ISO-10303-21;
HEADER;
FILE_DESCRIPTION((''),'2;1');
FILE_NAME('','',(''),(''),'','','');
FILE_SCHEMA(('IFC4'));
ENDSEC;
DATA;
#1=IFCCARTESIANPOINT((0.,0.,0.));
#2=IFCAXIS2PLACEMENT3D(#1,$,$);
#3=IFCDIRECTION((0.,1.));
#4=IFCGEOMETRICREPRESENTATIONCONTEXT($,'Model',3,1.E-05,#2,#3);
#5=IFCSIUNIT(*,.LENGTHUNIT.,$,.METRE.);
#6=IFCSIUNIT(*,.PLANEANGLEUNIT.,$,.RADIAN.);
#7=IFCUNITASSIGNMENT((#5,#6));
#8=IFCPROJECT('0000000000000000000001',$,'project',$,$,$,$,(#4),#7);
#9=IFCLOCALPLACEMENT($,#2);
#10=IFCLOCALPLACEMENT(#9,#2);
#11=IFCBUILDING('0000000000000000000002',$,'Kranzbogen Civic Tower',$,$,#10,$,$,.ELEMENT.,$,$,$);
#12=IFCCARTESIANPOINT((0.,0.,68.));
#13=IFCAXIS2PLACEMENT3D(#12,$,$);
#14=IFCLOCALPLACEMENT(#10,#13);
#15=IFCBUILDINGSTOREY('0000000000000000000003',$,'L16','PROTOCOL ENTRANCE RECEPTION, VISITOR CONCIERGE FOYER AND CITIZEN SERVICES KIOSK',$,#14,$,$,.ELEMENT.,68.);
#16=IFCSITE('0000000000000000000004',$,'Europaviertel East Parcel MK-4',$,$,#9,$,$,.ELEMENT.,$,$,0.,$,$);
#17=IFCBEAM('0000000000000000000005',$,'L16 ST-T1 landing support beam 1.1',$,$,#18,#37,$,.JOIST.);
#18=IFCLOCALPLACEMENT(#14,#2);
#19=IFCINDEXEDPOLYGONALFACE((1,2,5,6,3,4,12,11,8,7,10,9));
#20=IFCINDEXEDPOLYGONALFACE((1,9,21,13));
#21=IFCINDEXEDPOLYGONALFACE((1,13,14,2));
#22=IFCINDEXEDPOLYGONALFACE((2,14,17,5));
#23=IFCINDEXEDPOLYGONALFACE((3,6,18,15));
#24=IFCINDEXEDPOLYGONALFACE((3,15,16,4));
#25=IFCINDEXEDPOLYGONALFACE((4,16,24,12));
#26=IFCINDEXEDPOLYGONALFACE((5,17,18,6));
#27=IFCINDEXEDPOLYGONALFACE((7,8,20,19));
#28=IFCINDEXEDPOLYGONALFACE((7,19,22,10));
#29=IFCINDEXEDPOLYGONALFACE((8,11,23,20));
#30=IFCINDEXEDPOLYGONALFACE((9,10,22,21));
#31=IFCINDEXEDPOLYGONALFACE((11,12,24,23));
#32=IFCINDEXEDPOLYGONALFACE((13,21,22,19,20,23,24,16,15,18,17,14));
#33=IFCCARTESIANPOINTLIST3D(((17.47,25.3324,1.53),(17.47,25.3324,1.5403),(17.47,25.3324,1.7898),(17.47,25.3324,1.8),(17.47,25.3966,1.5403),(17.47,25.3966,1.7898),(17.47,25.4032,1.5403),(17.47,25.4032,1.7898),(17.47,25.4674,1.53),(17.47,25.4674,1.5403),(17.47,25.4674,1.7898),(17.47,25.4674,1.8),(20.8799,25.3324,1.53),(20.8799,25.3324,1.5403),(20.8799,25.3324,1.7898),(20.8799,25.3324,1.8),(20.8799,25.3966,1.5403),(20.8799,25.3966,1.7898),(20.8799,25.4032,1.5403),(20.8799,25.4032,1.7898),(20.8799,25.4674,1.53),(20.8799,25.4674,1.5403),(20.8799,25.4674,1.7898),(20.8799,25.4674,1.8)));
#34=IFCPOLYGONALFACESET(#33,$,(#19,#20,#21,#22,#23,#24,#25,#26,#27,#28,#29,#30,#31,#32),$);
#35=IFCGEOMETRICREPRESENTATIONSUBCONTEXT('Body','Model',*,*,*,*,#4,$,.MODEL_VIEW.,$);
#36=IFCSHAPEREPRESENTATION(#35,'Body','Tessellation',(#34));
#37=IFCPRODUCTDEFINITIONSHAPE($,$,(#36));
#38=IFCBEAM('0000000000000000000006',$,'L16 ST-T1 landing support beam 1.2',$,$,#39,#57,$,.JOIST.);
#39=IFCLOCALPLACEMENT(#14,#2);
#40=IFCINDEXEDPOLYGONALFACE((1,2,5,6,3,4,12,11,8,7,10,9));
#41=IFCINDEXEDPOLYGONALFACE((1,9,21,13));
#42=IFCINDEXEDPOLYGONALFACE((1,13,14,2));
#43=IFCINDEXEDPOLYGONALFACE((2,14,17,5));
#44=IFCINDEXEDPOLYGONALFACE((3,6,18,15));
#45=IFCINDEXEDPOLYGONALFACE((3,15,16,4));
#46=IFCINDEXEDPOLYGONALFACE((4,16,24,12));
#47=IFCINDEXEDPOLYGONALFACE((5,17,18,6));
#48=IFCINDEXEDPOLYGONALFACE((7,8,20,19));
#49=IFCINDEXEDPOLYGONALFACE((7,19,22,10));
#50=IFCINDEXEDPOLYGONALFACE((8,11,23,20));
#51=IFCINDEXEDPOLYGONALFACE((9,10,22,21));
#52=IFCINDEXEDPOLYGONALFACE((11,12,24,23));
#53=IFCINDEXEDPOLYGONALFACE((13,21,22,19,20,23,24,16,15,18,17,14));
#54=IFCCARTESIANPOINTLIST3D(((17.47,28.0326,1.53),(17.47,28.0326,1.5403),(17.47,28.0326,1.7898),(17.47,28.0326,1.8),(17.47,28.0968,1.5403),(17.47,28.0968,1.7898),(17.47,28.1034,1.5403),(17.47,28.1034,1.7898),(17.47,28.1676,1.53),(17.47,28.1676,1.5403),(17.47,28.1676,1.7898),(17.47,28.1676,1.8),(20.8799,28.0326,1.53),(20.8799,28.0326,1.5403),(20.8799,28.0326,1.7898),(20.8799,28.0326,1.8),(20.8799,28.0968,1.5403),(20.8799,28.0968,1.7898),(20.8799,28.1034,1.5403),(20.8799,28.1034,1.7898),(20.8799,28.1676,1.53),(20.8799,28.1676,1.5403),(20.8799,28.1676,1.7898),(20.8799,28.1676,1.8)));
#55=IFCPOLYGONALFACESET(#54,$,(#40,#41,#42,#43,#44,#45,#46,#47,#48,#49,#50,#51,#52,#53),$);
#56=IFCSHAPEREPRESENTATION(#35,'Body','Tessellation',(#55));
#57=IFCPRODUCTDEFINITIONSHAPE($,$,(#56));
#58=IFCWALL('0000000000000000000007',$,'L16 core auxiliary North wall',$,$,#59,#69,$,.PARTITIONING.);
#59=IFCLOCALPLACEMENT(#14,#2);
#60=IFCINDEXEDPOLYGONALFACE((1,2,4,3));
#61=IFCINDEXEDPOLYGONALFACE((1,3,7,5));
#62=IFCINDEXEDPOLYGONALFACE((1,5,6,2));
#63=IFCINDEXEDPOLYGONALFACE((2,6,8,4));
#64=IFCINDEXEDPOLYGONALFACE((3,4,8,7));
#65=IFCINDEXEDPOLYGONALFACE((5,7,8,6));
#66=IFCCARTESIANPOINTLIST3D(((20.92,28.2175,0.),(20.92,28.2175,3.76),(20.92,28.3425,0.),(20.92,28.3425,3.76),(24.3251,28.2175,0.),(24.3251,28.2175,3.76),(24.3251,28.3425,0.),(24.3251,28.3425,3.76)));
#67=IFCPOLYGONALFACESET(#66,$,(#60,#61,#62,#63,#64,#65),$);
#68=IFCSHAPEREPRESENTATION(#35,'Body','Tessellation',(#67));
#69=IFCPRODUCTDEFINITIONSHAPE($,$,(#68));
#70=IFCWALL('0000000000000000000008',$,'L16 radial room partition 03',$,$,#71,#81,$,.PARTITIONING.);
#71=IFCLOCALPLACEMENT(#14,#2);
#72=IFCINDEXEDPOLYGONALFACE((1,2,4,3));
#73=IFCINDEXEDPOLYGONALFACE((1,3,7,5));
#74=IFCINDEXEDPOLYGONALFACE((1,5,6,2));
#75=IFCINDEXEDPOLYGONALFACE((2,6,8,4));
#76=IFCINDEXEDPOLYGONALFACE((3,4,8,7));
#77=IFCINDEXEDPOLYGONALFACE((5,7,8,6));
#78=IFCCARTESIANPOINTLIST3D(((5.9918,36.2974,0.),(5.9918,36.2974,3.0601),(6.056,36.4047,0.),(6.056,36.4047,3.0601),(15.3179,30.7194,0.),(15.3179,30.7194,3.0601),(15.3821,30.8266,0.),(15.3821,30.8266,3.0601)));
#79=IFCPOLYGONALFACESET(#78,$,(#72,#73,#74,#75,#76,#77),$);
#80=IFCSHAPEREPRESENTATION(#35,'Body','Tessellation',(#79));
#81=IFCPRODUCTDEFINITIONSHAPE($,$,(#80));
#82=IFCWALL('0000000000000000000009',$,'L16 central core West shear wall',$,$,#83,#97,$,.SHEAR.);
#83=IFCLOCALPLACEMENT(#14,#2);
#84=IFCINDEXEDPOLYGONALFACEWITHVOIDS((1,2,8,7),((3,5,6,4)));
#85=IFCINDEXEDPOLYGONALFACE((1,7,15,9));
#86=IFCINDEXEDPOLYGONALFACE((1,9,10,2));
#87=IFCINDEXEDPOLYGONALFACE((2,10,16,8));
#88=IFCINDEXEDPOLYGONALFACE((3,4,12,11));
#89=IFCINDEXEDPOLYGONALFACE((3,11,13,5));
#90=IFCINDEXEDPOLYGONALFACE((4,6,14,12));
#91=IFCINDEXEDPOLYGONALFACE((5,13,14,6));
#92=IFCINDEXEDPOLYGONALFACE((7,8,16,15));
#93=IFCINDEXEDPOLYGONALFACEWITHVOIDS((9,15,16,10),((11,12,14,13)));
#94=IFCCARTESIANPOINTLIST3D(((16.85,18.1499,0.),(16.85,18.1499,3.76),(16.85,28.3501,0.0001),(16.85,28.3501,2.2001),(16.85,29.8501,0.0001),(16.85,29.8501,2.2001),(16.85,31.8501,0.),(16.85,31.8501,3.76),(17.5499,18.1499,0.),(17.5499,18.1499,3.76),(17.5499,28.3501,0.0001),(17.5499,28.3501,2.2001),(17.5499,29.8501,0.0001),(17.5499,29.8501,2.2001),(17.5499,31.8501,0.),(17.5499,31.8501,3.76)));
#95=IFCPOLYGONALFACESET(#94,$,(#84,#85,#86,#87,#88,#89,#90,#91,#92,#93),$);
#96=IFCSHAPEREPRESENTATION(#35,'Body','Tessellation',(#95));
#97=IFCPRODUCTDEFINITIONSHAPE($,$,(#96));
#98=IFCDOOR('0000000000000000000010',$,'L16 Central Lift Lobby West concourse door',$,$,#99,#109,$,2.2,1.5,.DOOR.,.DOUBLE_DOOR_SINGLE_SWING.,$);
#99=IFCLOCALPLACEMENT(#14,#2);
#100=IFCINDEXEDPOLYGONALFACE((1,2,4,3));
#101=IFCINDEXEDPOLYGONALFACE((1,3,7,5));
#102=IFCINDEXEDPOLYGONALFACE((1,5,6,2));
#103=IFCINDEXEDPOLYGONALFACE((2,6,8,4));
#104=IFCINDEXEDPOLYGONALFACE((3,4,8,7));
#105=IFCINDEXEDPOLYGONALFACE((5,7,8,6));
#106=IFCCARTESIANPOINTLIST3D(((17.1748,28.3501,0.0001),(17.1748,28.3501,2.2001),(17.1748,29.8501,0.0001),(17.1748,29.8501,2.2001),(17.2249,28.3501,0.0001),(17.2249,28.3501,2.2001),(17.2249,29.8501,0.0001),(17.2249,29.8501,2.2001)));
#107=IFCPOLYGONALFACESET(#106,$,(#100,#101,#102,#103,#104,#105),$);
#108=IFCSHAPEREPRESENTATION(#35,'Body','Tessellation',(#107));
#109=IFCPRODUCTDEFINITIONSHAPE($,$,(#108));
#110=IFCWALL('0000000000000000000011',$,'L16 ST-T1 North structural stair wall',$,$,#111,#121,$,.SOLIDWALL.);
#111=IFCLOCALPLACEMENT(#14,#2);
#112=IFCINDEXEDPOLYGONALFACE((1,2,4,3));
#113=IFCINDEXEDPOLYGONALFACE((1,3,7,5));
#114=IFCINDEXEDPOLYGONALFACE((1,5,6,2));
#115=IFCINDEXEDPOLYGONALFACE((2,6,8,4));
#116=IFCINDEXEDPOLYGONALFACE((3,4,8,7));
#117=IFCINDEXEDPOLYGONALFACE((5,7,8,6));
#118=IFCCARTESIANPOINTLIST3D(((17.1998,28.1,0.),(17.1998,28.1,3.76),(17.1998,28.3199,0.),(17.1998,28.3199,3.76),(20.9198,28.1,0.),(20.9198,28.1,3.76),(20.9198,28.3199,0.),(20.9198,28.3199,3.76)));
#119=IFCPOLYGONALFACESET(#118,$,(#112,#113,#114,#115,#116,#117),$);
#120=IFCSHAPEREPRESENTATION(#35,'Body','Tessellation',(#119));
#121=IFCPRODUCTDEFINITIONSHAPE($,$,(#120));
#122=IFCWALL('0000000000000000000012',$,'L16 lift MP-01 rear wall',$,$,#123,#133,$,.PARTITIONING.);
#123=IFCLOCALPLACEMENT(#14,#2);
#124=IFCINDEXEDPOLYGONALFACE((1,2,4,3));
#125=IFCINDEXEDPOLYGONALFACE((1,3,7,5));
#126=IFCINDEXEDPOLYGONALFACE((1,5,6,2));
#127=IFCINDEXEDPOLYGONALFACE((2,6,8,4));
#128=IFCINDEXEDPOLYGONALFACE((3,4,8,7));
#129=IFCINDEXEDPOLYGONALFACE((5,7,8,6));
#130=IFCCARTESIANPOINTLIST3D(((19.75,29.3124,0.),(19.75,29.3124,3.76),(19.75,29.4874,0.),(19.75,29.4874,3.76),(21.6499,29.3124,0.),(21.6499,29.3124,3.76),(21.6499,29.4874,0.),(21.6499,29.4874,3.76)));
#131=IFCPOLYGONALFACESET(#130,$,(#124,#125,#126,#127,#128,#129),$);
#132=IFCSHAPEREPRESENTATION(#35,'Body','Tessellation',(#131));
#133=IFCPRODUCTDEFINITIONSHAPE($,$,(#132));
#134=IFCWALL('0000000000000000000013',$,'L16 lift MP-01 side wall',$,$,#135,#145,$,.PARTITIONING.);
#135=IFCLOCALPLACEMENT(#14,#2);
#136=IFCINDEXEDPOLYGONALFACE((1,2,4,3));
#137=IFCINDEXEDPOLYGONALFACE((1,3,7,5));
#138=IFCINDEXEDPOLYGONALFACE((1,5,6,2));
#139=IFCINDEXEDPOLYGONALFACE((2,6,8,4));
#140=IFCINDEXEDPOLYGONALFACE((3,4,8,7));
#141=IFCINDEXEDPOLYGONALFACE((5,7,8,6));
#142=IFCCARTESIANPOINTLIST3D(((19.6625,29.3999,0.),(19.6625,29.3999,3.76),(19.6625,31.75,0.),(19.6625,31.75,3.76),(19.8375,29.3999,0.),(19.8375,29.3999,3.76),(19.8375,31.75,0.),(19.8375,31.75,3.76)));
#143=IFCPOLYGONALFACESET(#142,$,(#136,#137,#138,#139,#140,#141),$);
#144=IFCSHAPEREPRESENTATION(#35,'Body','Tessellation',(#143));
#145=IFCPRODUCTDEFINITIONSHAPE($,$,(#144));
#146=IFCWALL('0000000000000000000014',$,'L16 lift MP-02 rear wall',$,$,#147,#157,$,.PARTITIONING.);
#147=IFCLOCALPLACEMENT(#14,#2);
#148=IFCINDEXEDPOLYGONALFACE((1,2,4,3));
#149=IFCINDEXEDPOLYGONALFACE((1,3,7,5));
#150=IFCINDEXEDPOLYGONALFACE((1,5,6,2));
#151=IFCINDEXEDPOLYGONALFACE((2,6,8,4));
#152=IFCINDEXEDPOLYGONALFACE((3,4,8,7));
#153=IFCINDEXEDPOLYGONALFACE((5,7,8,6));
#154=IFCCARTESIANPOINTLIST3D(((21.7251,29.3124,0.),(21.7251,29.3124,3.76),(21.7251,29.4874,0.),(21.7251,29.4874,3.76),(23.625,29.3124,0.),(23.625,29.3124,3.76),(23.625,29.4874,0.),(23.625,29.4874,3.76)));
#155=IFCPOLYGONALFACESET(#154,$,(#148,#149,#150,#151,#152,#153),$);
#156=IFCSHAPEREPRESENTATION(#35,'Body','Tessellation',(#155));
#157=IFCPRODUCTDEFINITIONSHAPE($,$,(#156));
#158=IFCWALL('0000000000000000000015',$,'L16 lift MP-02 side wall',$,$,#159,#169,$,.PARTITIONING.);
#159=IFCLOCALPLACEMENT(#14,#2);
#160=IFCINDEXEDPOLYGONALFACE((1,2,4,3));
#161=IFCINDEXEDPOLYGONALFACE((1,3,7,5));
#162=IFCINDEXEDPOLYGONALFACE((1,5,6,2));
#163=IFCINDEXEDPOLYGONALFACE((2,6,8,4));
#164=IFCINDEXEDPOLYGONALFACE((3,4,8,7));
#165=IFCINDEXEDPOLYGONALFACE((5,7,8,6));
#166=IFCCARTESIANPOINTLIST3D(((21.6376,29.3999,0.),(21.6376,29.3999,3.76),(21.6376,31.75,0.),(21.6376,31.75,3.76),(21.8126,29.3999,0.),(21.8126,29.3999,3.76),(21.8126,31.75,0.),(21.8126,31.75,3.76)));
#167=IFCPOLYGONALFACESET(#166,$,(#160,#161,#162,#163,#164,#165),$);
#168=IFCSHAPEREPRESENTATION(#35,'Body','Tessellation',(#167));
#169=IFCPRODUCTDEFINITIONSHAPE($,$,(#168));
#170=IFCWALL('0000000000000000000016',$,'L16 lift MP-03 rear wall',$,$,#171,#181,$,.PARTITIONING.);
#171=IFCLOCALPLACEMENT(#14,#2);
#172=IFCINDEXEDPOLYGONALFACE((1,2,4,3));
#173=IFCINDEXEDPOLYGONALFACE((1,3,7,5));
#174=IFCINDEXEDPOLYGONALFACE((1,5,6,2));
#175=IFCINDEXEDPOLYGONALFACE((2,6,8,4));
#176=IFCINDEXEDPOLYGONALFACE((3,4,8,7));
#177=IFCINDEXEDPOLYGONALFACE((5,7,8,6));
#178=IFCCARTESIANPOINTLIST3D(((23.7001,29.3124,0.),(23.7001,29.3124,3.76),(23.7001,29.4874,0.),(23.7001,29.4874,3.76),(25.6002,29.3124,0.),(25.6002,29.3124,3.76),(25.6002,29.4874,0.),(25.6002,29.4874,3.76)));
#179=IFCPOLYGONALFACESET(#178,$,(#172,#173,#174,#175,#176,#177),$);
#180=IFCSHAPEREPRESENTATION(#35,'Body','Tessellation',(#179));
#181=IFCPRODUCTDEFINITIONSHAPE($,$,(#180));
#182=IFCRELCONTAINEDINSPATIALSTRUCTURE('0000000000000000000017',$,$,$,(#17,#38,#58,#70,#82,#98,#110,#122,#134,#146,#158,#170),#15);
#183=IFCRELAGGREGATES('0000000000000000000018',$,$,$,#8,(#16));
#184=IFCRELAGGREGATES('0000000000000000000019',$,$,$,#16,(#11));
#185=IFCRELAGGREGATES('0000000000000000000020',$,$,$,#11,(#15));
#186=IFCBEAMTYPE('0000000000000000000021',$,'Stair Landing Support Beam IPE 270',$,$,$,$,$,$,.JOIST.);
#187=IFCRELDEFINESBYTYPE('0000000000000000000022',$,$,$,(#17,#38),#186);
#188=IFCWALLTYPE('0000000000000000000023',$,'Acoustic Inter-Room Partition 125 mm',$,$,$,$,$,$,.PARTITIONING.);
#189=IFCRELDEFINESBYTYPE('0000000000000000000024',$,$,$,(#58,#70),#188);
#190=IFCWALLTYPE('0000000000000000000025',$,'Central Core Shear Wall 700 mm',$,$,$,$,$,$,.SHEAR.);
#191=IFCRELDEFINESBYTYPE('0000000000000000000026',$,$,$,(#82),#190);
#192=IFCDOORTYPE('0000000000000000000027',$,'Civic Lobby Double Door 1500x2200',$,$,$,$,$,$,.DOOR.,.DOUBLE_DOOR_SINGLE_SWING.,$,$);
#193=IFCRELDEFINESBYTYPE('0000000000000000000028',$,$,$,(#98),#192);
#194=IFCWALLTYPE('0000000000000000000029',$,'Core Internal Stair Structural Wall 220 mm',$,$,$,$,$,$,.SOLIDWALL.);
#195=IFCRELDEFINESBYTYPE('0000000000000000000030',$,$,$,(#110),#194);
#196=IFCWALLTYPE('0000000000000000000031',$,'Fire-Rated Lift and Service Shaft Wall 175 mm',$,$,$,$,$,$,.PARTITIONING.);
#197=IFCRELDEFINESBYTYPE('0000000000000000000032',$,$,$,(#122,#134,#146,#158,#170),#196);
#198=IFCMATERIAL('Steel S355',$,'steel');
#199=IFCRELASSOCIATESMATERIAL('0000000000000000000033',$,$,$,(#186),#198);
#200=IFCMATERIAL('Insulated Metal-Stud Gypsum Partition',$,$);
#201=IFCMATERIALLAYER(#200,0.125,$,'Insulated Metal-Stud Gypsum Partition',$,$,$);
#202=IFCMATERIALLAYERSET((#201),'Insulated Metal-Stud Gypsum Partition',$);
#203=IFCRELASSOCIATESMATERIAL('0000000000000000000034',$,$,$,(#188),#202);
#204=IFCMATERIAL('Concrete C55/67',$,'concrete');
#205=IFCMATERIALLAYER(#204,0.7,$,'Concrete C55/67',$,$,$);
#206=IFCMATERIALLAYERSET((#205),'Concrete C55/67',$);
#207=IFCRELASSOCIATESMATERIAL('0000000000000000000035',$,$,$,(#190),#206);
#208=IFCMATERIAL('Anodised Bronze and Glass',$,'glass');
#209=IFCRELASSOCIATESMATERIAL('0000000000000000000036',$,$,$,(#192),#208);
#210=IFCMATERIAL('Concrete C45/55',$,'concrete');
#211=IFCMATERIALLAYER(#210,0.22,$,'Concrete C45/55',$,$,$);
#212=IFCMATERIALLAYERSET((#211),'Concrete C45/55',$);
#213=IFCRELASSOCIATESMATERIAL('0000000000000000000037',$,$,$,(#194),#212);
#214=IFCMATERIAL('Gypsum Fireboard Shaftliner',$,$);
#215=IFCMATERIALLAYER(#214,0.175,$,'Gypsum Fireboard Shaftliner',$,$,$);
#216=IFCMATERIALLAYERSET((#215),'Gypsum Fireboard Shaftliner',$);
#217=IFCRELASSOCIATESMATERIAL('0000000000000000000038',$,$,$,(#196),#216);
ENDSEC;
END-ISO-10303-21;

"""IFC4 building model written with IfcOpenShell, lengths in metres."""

from ifc_helpers import new_model, si_unit, direction, frame, frame_2d, origin, origin_2d, place, context, subcontext, project, spatial, rectangle, i_section, extrude, material, layer, layer_set, material_profile, profile_set, type_object, element, fill, save


model = new_model("IFC4")

# Units and contexts
model_context = context("Model", 3, precision=1e-05, world=origin(), true_north=direction((0.0, 1.0)))
body_context = subcontext(model_context, "Body", "Model", "MODEL_VIEW")
ifc_project = project(units=[si_unit("LENGTHUNIT", "METRE"), si_unit("PLANEANGLEUNIT", "RADIAN")], contexts=[model_context])

# Site, building, storey
site_placement = place(None, origin())
site = spatial("IfcSite", under=ifc_project, at=site_placement, Name="Europaviertel East Parcel MK-4", CompositionType="ELEMENT", RefElevation=0.0)
building_placement = place(site_placement, origin())
building = spatial("IfcBuilding", under=site, at=building_placement, Name="Kranzbogen Civic Tower", CompositionType="ELEMENT")
storey_placement = place(building_placement, frame((0.0, 0.0, 68.0)))
storey = spatial("IfcBuildingStorey", under=building, at=storey_placement, Name="L16", Description="PROTOCOL ENTRANCE RECEPTION, VISITOR CONCIERGE FOYER AND CITIZEN SERVICES KIOSK", CompositionType="ELEMENT", Elevation=68.0)

# Beams
ifc_material_1 = material(Name="Steel S355", Category="steel")
ifc_material_profile = material_profile(ifc_material_1, i_section(OverallWidth=0.135, OverallDepth=0.27, WebThickness=0.0066, FlangeThickness=0.0103, at=origin_2d()), Name="IPE 270")
ifc_profile_set = profile_set([ifc_material_profile], Name="Steel S355")
beam_type = type_object("IfcBeamType", Name="Stair Landing Support Beam IPE 270", PredefinedType="JOIST", material=ifc_profile_set)
for number, where, z_axis, x_axis, name in (
    (1, (20.8799, 25.3999, 1.665), (-1.0, 0.0, 0.0), (0.0, -1.0, 0.0), "L16 ST-T1 landing support beam 1.1"),
    (2, (20.8799, 28.1001, 1.665), (-1.0, 0.0, 0.0), (0.0, -1.0, 0.0), "L16 ST-T1 landing support beam 1.2"),
):
    element("IfcBeam", number, at=place(storey_placement, frame(where, z_axis=z_axis, x_axis=x_axis)), inside=storey, type_object=beam_type, Name=name, PredefinedType="JOIST", context=body_context, shape_type="SweptSolid", body=[
        extrude(i_section(OverallWidth=0.135, OverallDepth=0.27, WebThickness=0.0066, FlangeThickness=0.0103, at=origin_2d()), origin(), (0.0, 0.0, 1.0), 3.4099),
    ])

# Walls
ifc_material_2 = material(Name="Insulated Metal-Stud Gypsum Partition")
ifc_layer_1 = layer(ifc_material_2, 0.125, Name="Insulated Metal-Stud Gypsum Partition")
ifc_layer_set_1 = layer_set([ifc_layer_1], Name="Insulated Metal-Stud Gypsum Partition")
wall_type_1 = type_object("IfcWallType", Name="Acoustic Inter-Room Partition 125 mm", PredefinedType="PARTITIONING", material=ifc_layer_set_1)
wall_1_placement = place(storey_placement, frame((20.9199, 28.28, 0.0), z_axis=(0.0, 0.0, 1.0), x_axis=(1.0, 0.0, 0.0)))
element("IfcWall", 3, at=wall_1_placement, inside=storey, type_object=wall_type_1, Name="L16 core auxiliary North wall", PredefinedType="PARTITIONING", context=body_context, shape_type="SweptSolid", body=[
    extrude(rectangle(XDim=3.405, YDim=0.125, at=frame_2d((1.7026, 0.0))), origin(), (0.0, 0.0, 1.0), 3.76),
])
wall_2_placement = place(storey_placement, frame((15.3501, 30.7729, 0.0), z_axis=(0.0, 0.0, 1.0), x_axis=(-0.858206, 0.513306, 0.0)))
element("IfcWall", 4, at=wall_2_placement, inside=storey, type_object=wall_type_1, Name="L16 radial room partition 03", PredefinedType="PARTITIONING", context=body_context, shape_type="SweptSolid", body=[
    extrude(rectangle(XDim=10.8669, YDim=0.125, at=frame_2d((5.4336, 0.0))), origin(), (0.0, 0.0, 1.0), 3.0601),
])

# Wall, opening, door
ifc_material_3 = material(Name="Concrete C55/67", Category="concrete")
ifc_layer_2 = layer(ifc_material_3, 0.7, Name="Concrete C55/67")
ifc_layer_set_2 = layer_set([ifc_layer_2], Name="Concrete C55/67")
wall_type_2 = type_object("IfcWallType", Name="Central Core Shear Wall 700 mm", PredefinedType="SHEAR", material=ifc_layer_set_2)
wall_3_placement = place(storey_placement, frame((17.2, 31.8501, 0.0), z_axis=(0.0, 0.0, 1.0), x_axis=(0.0, -1.0, 0.0)))
wall_3 = element("IfcWall", 5, at=wall_3_placement, inside=storey, type_object=wall_type_2, Name="L16 central core West shear wall", PredefinedType="SHEAR", context=body_context, shape_type="SweptSolid", body=[
    extrude(rectangle(XDim=13.7002, YDim=0.7, at=frame_2d((6.8501, 0.0))), origin(), (0.0, 0.0, 1.0), 3.76),
])
opening_placement = place(wall_3_placement, frame((2.0, 0.0, 0.0)))
opening = element("IfcOpeningElement", 6, at=opening_placement, cuts=wall_3, PredefinedType="OPENING", context=body_context, shape_type="SweptSolid", body=[
    extrude(rectangle(XDim=1.5, YDim=2.2, at=frame_2d((0.75, 1.1001))), frame((0.0, 0.3599, 0.0), z_axis=(0.0, -1.0, 0.0), x_axis=(1.0, 0.0, 0.0)), (0.0, 0.0, 1.0), 0.72),
])
ifc_material_4 = material(Name="Anodised Bronze and Glass", Category="glass")
door_type = type_object("IfcDoorType", Name="Civic Lobby Double Door 1500x2200", OperationType="DOUBLE_DOOR_SINGLE_SWING", PredefinedType="DOOR", material=ifc_material_4)
door_placement = place(opening_placement, origin())
door = element("IfcDoor", 7, at=door_placement, inside=storey, type_object=door_type, Name="L16 Central Lift Lobby West concourse door", OperationType="DOUBLE_DOOR_SINGLE_SWING", OverallHeight=2.2, OverallWidth=1.5, PredefinedType="DOOR", context=body_context, shape_type="SweptSolid", body=[
    extrude(rectangle(XDim=1.5, YDim=2.2, at=frame_2d((0.75, 1.1001))), frame((0.0, 0.0249, 0.0), z_axis=(0.0, -1.0, 0.0), x_axis=(1.0, 0.0, 0.0)), (0.0, 0.0, 1.0), 0.05),
])
fill(opening, door)

# Walls
ifc_material_5 = material(Name="Concrete C45/55", Category="concrete")
ifc_layer_3 = layer(ifc_material_5, 0.22, Name="Concrete C45/55")
ifc_layer_set_3 = layer_set([ifc_layer_3], Name="Concrete C45/55")
wall_type_3 = type_object("IfcWallType", Name="Core Internal Stair Structural Wall 220 mm", PredefinedType="SOLIDWALL", material=ifc_layer_set_3)
wall_4_placement = place(storey_placement, frame((17.2, 28.21, 0.0), z_axis=(0.0, 0.0, 1.0), x_axis=(1.0, 0.0, 0.0)))
element("IfcWall", 8, at=wall_4_placement, inside=storey, type_object=wall_type_3, Name="L16 ST-T1 North structural stair wall", PredefinedType="SOLIDWALL", context=body_context, shape_type="SweptSolid", body=[
    extrude(rectangle(XDim=3.72, YDim=0.22, at=frame_2d((1.8599, 0.0))), origin(), (0.0, 0.0, 1.0), 3.76),
])
ifc_material_6 = material(Name="Gypsum Fireboard Shaftliner")
ifc_layer_4 = layer(ifc_material_6, 0.175, Name="Gypsum Fireboard Shaftliner")
ifc_layer_set_4 = layer_set([ifc_layer_4], Name="Gypsum Fireboard Shaftliner")
wall_type_4 = type_object("IfcWallType", Name="Fire-Rated Lift and Service Shaft Wall 175 mm", PredefinedType="PARTITIONING", material=ifc_layer_set_4)
wall_5_placement = place(storey_placement, frame((19.75, 29.3999, 0.0), z_axis=(0.0, 0.0, 1.0), x_axis=(1.0, 0.0, 0.0)))
element("IfcWall", 9, at=wall_5_placement, inside=storey, type_object=wall_type_4, Name="L16 lift MP-01 rear wall", PredefinedType="PARTITIONING", context=body_context, shape_type="SweptSolid", body=[
    extrude(rectangle(XDim=1.8999, YDim=0.175, at=frame_2d((0.95, 0.0))), origin(), (0.0, 0.0, 1.0), 3.76),
])
wall_6_placement = place(storey_placement, frame((19.75, 29.3999, 0.0), z_axis=(0.0, 0.0, 1.0), x_axis=(0.0, 1.0, 0.0)))
element("IfcWall", 10, at=wall_6_placement, inside=storey, type_object=wall_type_4, Name="L16 lift MP-01 side wall", PredefinedType="PARTITIONING", context=body_context, shape_type="SweptSolid", body=[
    extrude(rectangle(XDim=2.3501, YDim=0.175, at=frame_2d((1.175, 0.0))), origin(), (0.0, 0.0, 1.0), 3.76),
])
wall_7_placement = place(storey_placement, frame((21.7251, 29.3999, 0.0), z_axis=(0.0, 0.0, 1.0), x_axis=(1.0, 0.0, 0.0)))
element("IfcWall", 11, at=wall_7_placement, inside=storey, type_object=wall_type_4, Name="L16 lift MP-02 rear wall", PredefinedType="PARTITIONING", context=body_context, shape_type="SweptSolid", body=[
    extrude(rectangle(XDim=1.8999, YDim=0.175, at=frame_2d((0.95, 0.0))), origin(), (0.0, 0.0, 1.0), 3.76),
])
wall_8_placement = place(storey_placement, frame((21.7251, 29.3999, 0.0), z_axis=(0.0, 0.0, 1.0), x_axis=(0.0, 1.0, 0.0)))
element("IfcWall", 12, at=wall_8_placement, inside=storey, type_object=wall_type_4, Name="L16 lift MP-02 side wall", PredefinedType="PARTITIONING", context=body_context, shape_type="SweptSolid", body=[
    extrude(rectangle(XDim=2.3501, YDim=0.175, at=frame_2d((1.175, 0.0))), origin(), (0.0, 0.0, 1.0), 3.76),
])
wall_9_placement = place(storey_placement, frame((23.7, 29.3999, 0.0), z_axis=(0.0, 0.0, 1.0), x_axis=(1.0, 0.0, 0.0)))
element("IfcWall", 13, at=wall_9_placement, inside=storey, type_object=wall_type_4, Name="L16 lift MP-03 rear wall", PredefinedType="PARTITIONING", context=body_context, shape_type="SweptSolid", body=[
    extrude(rectangle(XDim=1.9001, YDim=0.175, at=frame_2d((0.9502, 0.0))), origin(), (0.0, 0.0, 1.0), 3.76),
])

save(model, "model.ifc")
